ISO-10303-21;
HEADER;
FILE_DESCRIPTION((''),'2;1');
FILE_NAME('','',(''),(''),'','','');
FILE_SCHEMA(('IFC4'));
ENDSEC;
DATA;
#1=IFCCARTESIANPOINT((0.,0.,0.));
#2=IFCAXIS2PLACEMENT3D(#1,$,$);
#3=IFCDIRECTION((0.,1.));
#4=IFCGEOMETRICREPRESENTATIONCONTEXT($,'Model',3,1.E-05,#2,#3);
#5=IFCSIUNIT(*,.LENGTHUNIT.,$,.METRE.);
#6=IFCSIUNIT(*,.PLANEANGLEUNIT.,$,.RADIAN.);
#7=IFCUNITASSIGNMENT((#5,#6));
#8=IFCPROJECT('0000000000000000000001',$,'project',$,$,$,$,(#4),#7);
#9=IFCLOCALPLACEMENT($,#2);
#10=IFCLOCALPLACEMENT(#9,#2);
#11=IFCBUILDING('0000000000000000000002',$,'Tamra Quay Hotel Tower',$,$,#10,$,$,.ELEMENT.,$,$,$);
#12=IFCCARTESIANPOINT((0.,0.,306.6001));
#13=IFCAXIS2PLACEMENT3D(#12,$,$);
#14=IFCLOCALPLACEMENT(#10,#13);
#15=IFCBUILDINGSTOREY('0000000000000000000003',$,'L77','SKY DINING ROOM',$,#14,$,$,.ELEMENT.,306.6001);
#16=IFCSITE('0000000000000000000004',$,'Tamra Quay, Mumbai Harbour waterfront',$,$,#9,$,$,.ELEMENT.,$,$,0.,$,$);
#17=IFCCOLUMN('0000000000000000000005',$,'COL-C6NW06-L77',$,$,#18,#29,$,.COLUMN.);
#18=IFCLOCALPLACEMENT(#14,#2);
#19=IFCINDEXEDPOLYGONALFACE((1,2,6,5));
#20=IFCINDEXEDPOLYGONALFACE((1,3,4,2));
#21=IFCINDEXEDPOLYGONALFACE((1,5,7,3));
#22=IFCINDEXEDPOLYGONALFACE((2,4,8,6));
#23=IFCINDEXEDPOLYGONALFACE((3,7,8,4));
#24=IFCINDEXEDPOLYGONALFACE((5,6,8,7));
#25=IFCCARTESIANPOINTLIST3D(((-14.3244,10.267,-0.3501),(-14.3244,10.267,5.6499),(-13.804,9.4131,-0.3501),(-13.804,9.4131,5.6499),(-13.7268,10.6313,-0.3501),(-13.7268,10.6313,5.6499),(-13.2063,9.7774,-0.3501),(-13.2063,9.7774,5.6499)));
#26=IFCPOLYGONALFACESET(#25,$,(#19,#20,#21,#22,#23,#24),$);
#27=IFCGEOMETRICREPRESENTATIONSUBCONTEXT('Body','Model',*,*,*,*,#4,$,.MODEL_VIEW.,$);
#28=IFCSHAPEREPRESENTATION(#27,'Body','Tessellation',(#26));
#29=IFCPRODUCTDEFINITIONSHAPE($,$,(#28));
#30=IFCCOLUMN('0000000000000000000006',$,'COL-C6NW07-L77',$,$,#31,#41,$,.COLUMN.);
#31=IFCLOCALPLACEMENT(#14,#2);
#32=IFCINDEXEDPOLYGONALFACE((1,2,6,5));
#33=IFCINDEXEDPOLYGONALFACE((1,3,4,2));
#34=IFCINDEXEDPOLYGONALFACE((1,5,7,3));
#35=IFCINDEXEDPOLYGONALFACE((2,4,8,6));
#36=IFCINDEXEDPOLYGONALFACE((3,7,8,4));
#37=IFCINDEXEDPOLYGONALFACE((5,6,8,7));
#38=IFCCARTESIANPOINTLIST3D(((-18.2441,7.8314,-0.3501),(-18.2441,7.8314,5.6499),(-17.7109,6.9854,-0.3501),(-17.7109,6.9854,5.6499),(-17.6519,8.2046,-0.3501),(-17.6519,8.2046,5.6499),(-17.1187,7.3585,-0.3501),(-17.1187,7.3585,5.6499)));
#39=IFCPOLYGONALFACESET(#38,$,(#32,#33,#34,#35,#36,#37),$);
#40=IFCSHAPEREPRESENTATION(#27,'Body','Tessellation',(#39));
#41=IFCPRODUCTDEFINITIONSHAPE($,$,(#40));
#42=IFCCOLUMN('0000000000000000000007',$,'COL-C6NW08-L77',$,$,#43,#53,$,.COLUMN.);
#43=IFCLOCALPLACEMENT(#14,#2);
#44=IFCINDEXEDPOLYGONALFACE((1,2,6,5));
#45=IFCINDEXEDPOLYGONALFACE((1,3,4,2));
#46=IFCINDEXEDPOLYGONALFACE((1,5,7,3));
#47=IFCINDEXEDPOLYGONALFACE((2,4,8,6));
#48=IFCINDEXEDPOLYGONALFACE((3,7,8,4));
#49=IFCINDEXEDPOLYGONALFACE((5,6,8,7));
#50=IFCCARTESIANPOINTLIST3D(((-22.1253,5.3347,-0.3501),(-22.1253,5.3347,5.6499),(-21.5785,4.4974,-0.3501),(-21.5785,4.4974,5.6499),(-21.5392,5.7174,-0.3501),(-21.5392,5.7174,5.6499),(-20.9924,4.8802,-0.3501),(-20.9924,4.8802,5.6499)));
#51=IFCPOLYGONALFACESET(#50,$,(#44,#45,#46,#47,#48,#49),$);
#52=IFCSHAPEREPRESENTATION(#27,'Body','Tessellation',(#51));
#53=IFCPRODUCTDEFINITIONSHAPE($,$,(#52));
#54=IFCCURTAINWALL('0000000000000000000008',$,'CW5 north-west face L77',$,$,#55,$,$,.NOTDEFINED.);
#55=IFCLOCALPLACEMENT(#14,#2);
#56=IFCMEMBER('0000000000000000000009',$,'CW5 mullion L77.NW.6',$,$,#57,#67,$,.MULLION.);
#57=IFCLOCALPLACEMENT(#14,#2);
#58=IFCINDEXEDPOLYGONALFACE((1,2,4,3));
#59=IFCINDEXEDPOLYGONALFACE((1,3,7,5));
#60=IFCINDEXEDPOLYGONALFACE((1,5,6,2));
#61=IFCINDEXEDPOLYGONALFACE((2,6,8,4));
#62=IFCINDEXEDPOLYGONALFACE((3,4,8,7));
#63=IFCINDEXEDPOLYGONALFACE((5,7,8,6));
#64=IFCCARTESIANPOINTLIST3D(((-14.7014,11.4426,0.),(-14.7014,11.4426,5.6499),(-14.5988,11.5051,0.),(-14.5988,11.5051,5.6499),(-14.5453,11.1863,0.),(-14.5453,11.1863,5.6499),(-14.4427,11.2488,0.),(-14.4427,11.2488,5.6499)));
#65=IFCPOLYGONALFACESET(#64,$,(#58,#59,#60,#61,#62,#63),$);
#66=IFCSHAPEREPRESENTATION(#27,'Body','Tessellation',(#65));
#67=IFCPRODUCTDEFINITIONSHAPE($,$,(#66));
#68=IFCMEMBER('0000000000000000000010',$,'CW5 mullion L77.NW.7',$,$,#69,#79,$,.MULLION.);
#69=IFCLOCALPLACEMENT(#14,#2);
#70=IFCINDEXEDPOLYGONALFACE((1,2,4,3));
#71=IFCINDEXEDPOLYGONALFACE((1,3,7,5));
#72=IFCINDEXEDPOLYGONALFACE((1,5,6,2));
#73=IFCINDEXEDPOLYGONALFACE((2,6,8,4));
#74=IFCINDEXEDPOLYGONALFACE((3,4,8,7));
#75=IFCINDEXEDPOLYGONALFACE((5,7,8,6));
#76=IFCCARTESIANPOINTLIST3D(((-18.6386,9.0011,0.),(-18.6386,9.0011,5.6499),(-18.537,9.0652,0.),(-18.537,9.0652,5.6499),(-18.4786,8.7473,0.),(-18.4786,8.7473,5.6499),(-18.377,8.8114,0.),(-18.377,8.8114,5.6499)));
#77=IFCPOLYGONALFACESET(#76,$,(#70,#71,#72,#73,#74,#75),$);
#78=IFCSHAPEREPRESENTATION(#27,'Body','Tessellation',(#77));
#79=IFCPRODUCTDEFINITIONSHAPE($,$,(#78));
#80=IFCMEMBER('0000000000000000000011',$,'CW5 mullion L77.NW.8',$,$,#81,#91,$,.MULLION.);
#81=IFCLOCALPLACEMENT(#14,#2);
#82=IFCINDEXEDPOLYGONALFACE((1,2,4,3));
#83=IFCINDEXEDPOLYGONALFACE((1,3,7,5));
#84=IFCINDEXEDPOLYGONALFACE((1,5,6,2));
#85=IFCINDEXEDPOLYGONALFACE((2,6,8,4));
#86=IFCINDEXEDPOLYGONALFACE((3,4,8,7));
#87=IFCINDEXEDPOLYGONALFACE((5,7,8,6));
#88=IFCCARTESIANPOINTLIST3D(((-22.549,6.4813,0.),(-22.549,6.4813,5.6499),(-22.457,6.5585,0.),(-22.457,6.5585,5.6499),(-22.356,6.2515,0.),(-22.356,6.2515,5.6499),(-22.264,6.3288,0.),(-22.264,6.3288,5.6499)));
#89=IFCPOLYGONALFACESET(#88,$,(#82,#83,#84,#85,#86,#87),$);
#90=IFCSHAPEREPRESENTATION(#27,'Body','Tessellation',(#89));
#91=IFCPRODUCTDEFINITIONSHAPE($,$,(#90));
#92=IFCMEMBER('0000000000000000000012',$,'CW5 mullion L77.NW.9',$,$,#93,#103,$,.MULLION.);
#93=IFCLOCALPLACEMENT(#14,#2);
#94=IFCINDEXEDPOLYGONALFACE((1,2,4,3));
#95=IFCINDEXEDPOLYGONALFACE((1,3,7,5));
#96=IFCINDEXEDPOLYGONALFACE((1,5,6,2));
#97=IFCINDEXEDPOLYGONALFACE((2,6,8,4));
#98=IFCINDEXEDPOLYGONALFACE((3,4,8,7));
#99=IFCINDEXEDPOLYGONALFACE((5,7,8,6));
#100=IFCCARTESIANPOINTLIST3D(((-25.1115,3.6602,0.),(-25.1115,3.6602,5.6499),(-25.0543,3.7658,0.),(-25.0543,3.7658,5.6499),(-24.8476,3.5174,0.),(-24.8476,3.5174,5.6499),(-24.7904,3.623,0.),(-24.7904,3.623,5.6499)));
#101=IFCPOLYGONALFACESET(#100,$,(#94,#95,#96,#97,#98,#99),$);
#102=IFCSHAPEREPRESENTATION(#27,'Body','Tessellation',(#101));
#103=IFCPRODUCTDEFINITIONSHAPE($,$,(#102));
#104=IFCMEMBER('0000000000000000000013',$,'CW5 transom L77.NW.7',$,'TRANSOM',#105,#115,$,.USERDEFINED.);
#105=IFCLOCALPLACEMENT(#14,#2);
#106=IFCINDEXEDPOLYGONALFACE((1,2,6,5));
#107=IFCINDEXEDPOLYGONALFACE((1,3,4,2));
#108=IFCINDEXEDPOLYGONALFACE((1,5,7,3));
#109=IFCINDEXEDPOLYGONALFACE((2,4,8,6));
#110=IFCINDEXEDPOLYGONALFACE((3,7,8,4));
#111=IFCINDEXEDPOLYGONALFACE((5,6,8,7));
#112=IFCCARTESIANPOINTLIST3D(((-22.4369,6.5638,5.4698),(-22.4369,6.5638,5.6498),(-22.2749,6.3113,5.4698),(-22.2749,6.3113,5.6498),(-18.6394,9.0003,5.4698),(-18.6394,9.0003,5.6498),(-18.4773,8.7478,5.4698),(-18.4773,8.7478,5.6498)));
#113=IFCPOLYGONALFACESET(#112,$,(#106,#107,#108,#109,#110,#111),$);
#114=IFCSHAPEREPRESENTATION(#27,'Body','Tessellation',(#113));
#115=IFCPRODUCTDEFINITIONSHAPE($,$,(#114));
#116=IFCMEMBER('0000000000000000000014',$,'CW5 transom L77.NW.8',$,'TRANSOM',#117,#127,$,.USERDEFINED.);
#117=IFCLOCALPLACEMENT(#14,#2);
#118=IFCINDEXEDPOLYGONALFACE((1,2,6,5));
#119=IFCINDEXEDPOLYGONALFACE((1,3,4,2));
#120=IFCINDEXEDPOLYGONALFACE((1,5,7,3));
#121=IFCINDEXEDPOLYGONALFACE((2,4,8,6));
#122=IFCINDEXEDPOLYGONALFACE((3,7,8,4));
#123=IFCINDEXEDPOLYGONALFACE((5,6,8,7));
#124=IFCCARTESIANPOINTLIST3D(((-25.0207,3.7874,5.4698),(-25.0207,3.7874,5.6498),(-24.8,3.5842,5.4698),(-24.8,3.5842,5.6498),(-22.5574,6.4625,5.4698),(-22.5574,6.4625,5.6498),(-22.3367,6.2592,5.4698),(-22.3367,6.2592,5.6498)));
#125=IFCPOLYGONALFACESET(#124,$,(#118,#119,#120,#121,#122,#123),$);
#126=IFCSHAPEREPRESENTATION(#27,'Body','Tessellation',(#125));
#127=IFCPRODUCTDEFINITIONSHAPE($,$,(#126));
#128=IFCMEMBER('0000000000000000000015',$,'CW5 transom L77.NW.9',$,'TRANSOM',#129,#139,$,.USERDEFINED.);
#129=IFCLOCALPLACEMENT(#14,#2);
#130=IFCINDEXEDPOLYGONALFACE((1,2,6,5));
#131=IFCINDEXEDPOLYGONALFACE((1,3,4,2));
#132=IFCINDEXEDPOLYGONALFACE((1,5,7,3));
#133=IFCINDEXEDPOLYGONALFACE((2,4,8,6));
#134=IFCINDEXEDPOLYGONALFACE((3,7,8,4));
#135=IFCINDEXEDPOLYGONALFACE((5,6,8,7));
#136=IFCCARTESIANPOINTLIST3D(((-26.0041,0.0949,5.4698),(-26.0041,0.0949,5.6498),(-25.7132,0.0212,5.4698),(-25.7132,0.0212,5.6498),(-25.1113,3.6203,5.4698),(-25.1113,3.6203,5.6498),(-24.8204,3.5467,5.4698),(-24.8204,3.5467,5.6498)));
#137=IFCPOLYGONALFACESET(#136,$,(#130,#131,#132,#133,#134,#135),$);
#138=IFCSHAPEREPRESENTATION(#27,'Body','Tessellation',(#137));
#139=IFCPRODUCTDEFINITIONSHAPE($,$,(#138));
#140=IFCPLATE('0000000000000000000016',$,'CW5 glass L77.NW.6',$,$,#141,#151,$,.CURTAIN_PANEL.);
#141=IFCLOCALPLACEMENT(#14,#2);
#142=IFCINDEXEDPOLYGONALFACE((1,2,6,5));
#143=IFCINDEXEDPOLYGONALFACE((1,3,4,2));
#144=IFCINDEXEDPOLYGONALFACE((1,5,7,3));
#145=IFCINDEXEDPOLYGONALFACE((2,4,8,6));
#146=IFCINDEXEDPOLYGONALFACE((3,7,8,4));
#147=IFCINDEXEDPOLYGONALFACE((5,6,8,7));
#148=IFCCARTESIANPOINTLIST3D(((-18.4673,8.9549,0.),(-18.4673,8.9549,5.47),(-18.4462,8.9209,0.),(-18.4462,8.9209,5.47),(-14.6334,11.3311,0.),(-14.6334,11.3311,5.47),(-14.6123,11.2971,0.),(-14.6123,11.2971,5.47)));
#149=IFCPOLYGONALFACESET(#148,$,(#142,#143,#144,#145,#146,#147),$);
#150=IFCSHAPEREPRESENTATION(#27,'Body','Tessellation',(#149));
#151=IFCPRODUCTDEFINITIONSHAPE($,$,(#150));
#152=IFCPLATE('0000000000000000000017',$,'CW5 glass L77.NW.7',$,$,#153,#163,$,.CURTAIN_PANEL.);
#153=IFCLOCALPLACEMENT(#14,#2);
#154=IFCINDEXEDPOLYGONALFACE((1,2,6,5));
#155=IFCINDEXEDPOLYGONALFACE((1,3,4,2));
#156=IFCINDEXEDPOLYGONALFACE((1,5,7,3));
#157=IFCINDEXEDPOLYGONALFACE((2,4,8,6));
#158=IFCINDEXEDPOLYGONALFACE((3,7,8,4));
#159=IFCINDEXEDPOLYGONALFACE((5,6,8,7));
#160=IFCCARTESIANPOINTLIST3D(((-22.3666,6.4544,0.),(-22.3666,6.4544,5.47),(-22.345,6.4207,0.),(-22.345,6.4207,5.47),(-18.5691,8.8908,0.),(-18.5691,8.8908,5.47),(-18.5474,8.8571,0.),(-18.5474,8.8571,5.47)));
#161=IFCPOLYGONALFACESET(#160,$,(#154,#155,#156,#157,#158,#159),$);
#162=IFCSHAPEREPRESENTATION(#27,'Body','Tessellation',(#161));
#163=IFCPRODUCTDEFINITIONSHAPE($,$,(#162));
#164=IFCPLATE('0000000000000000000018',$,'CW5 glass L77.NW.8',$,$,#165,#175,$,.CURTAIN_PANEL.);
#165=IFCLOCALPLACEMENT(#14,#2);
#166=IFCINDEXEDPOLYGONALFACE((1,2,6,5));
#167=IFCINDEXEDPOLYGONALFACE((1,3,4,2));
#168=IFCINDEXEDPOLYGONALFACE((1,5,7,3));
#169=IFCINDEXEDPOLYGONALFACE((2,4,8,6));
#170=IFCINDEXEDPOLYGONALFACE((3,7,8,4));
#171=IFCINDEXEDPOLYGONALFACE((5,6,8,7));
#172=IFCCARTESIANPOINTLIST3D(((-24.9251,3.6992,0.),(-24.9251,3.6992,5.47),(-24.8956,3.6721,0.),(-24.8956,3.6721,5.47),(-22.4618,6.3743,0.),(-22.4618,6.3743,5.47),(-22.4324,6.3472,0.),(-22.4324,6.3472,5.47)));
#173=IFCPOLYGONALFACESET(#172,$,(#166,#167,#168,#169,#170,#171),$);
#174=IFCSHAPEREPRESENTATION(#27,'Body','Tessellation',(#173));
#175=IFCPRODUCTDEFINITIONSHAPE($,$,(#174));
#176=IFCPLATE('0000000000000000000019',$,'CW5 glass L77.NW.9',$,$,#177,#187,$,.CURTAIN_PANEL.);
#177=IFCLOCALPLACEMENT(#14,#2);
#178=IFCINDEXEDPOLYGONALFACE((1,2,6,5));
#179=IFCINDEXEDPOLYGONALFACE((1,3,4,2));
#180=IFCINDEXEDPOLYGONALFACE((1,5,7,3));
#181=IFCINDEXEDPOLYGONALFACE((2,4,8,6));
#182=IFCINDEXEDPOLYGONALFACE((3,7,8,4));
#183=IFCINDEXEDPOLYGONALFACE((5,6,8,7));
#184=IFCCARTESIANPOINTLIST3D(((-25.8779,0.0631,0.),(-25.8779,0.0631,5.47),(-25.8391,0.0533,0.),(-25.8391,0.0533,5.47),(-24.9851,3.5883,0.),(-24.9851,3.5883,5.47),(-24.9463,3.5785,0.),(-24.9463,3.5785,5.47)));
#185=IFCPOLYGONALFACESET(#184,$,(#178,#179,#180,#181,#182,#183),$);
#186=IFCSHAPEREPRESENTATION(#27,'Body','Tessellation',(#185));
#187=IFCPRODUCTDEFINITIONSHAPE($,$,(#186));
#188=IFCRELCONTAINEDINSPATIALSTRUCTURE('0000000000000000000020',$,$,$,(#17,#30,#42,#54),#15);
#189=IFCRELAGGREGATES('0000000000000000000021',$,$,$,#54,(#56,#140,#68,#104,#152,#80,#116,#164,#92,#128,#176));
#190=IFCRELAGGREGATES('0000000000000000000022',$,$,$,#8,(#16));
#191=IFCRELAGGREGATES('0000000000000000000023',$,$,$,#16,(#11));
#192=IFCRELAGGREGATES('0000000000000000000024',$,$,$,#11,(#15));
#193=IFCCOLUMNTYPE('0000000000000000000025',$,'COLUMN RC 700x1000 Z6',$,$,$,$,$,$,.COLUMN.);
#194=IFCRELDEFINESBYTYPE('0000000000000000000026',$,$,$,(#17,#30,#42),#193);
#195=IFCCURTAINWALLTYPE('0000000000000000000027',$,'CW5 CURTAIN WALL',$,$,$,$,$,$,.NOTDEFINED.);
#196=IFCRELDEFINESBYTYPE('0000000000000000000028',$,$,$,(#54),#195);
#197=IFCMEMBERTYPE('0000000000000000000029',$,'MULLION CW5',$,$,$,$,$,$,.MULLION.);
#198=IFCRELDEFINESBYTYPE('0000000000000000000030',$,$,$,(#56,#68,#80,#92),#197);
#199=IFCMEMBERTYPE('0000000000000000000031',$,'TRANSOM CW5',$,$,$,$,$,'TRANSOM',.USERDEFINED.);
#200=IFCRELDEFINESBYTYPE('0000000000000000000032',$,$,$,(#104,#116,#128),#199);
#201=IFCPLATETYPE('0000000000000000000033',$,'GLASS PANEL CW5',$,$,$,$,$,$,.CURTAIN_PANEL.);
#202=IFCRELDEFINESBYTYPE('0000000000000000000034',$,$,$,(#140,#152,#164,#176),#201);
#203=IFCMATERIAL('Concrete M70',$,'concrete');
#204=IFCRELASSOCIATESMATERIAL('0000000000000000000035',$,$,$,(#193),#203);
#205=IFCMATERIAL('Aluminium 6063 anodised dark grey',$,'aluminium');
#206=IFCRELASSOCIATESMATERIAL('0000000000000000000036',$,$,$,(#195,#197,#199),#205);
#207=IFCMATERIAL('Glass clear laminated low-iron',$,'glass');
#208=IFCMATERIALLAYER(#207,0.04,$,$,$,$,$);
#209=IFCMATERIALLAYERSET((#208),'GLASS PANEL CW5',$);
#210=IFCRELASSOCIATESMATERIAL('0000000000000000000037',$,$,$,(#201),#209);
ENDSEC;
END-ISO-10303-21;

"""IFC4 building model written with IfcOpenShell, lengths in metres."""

from ifc_helpers import new_model, si_unit, direction, frame, origin, origin_2d, place, context, subcontext, project, spatial, rectangle, extrude, material, layer, layer_set, material_profile, profile_set, type_object, element, aggregate, save


model = new_model("IFC4")

# Units and contexts
model_context = context("Model", 3, precision=1e-05, world=origin(), true_north=direction((0.0, 1.0)))
body_context = subcontext(model_context, "Body", "Model", "MODEL_VIEW")
ifc_project = project(units=[si_unit("LENGTHUNIT", "METRE"), si_unit("PLANEANGLEUNIT", "RADIAN")], contexts=[model_context])

# Site, building, storey
site_placement = place(None, origin())
site = spatial("IfcSite", under=ifc_project, at=site_placement, Name="Tamra Quay, Mumbai Harbour waterfront", CompositionType="ELEMENT", RefElevation=0.0)
building_placement = place(site_placement, origin())
building = spatial("IfcBuilding", under=site, at=building_placement, Name="Tamra Quay Hotel Tower", CompositionType="ELEMENT")
storey_placement = place(building_placement, frame((0.0, 0.0, 306.6001)))
storey = spatial("IfcBuildingStorey", under=building, at=storey_placement, Name="L77", Description="SKY DINING ROOM", CompositionType="ELEMENT", Elevation=306.6001)

# Columns
ifc_material_1 = material(Name="Concrete M70", Category="concrete")
ifc_material_profile_1 = material_profile(ifc_material_1, rectangle(XDim=1.0, YDim=0.7, at=origin_2d()), Name="COLUMN RC 700x1000 Z6")
ifc_profile_set_1 = profile_set([ifc_material_profile_1], Name="Concrete M70")
column_type = type_object("IfcColumnType", Name="COLUMN RC 700x1000 Z6", PredefinedType="COLUMN", material=ifc_profile_set_1)
for number, where, z_axis, x_axis, name in (
    (1, (-13.7654, 10.0222, -0.3501), (0.0, 0.0, 1.0), (-0.52043, 0.853904, 0.0), "COL-C6NW06-L77"),
    (2, (-17.6814, 7.595, -0.3501), (0.0, 0.0, 1.0), (-0.533133, 0.846031, 0.0), "COL-C6NW07-L77"),
    (3, (-21.5588, 5.1074, -0.3501), (0.0, 0.0, 1.0), (-0.546805, 0.83726, 0.0), "COL-C6NW08-L77"),
):
    element("IfcColumn", number, at=place(storey_placement, frame(where, z_axis=z_axis, x_axis=x_axis)), inside=storey, type_object=column_type, Name=name, PredefinedType="COLUMN", context=body_context, shape_type="SweptSolid", body=[
        extrude(rectangle(XDim=1.0, YDim=0.7, at=origin_2d()), origin(), (0.0, 0.0, 1.0), 6.0),
    ])

# Curtain wall, members, plates
ifc_material_2 = material(Name="Aluminium 6063 anodised dark grey", Category="aluminium")
curtain_wall_type = type_object("IfcCurtainWallType", Name="CW5 CURTAIN WALL", PredefinedType="NOTDEFINED", material=ifc_material_2)
curtain_wall_placement = place(storey_placement, origin())
curtain_wall = element("IfcCurtainWall", 4, at=curtain_wall_placement, inside=storey, type_object=curtain_wall_type, Name="CW5 north-west face L77", PredefinedType="NOTDEFINED")
ifc_material_profile_2 = material_profile(ifc_material_2, rectangle(XDim=0.3, YDim=0.1201, at=origin_2d()), Name="MULLION 120X300")
ifc_profile_set_2 = profile_set([ifc_material_profile_2], Name="Aluminium 6063 anodised dark grey")
member_type_1 = type_object("IfcMemberType", Name="MULLION CW5", PredefinedType="MULLION", material=ifc_profile_set_2)
member_1_placement = place(storey_placement, frame((-14.572, 11.3457, 0.0), z_axis=(0.0, 0.0, 1.0), x_axis=(-0.52016, 0.854069, 0.0)))
member_1 = element("IfcMember", 5, at=member_1_placement, type_object=member_type_1, Name="CW5 mullion L77.NW.6", PredefinedType="MULLION", context=body_context, shape_type="SweptSolid", body=[
    extrude(rectangle(XDim=0.3, YDim=0.1201, at=origin_2d()), origin(), (0.0, 0.0, 1.0), 5.6499),
])
member_2_placement = place(storey_placement, frame((-18.5078, 8.9062, 0.0), z_axis=(0.0, 0.0, 1.0), x_axis=(-0.533422, 0.845849, 0.0)))
member_2 = element("IfcMember", 6, at=member_2_placement, type_object=member_type_1, Name="CW5 mullion L77.NW.7", PredefinedType="MULLION", context=body_context, shape_type="SweptSolid", body=[
    extrude(rectangle(XDim=0.3, YDim=0.1201, at=origin_2d()), origin(), (0.0, 0.0, 1.0), 5.6499),
])
member_3_placement = place(storey_placement, frame((-22.4065, 6.405, 0.0), z_axis=(0.0, 0.0, 1.0), x_axis=(-0.643086, 0.765794, 0.0)))
member_3 = element("IfcMember", 7, at=member_3_placement, type_object=member_type_1, Name="CW5 mullion L77.NW.8", PredefinedType="MULLION", context=body_context, shape_type="SweptSolid", body=[
    extrude(rectangle(XDim=0.3, YDim=0.1201, at=origin_2d()), origin(), (0.0, 0.0, 1.0), 5.6499),
])
member_4_placement = place(storey_placement, frame((-24.9509, 3.6416, 0.0), z_axis=(0.0, 0.0, 1.0), x_axis=(-0.879433, 0.476023, 0.0)))
member_4 = element("IfcMember", 8, at=member_4_placement, type_object=member_type_1, Name="CW5 mullion L77.NW.9", PredefinedType="MULLION", context=body_context, shape_type="SweptSolid", body=[
    extrude(rectangle(XDim=0.3, YDim=0.1201, at=origin_2d()), origin(), (0.0, 0.0, 1.0), 5.6499),
])
ifc_material_profile_3 = material_profile(ifc_material_2, rectangle(XDim=0.3, YDim=0.1799, at=origin_2d()), Name="TRANSOM 300X180")
ifc_profile_set_3 = profile_set([ifc_material_profile_3], Name="Aluminium 6063 anodised dark grey")
member_type_2 = type_object("IfcMemberType", Name="TRANSOM CW5", ElementType="TRANSOM", PredefinedType="USERDEFINED", material=ifc_profile_set_3)
member_5_placement = place(storey_placement, frame((-18.5583, 8.874, 5.5598), z_axis=(-0.841662, -0.540005, 0.0), x_axis=(0.540005, -0.841662, 0.0)))
member_5 = element("IfcMember", 9, at=member_5_placement, type_object=member_type_2, Name="CW5 transom L77.NW.7", ObjectType="TRANSOM", PredefinedType="USERDEFINED", context=body_context, shape_type="SweptSolid", body=[
    extrude(rectangle(XDim=0.3, YDim=0.1799, at=origin_2d()), origin(), (0.0, 0.0, 1.0), 4.512),
])
member_6_placement = place(storey_placement, frame((-22.447, 6.3608, 5.5598), z_axis=(-0.677404, -0.735611, 0.0), x_axis=(0.735611, -0.677404, 0.0)))
member_6 = element("IfcMember", 10, at=member_6_placement, type_object=member_type_2, Name="CW5 transom L77.NW.8", ObjectType="TRANSOM", PredefinedType="USERDEFINED", context=body_context, shape_type="SweptSolid", body=[
    extrude(rectangle(XDim=0.3, YDim=0.1799, at=origin_2d()), origin(), (0.0, 0.0, 1.0), 3.6365),
])
member_7_placement = place(storey_placement, frame((-24.9658, 3.5835, 5.5598), z_axis=(-0.245504, -0.969396, 0.0), x_axis=(0.969396, -0.245504, 0.0)))
member_7 = element("IfcMember", 11, at=member_7_placement, type_object=member_type_2, Name="CW5 transom L77.NW.9", ObjectType="TRANSOM", PredefinedType="USERDEFINED", context=body_context, shape_type="SweptSolid", body=[
    extrude(rectangle(XDim=0.3, YDim=0.1799, at=origin_2d()), origin(), (0.0, 0.0, 1.0), 3.6367),
])
ifc_material_3 = material(Name="Glass clear laminated low-iron", Category="glass")
ifc_layer_1 = layer(ifc_material_3, 0.04)
ifc_layer_set_1 = layer_set([ifc_layer_1], Name="GLASS PANEL CW5")
plate_type = type_object("IfcPlateType", Name="GLASS PANEL CW5", PredefinedType="CURTAIN_PANEL", material=ifc_layer_set_1)
plate_1_placement = place(storey_placement, frame((-16.5398, 10.126, 0.0), z_axis=(0.0, 0.0, 1.0), x_axis=(-0.849982, -0.526812, 0.0)))
plate_1 = element("IfcPlate", 12, at=plate_1_placement, type_object=plate_type, Name="CW5 glass L77.NW.6", PredefinedType="CURTAIN_PANEL", context=body_context, shape_type="SweptSolid", body=[
    extrude(rectangle(XDim=4.5105, YDim=0.04, at=origin_2d()), origin(), (0.0, 0.0, 1.0), 5.47),
])
plate_2_placement = place(storey_placement, frame((-20.457, 7.6558, 0.0), z_axis=(0.0, 0.0, 1.0), x_axis=(-0.841665, -0.54, 0.0)))
plate_2 = element("IfcPlate", 13, at=plate_2_placement, type_object=plate_type, Name="CW5 glass L77.NW.7", PredefinedType="CURTAIN_PANEL", context=body_context, shape_type="SweptSolid", body=[
    extrude(rectangle(XDim=4.512, YDim=0.04, at=origin_2d()), origin(), (0.0, 0.0, 1.0), 5.47),
])
plate_3_placement = place(storey_placement, frame((-23.6787, 5.0232, 0.0), z_axis=(0.0, 0.0, 1.0), x_axis=(-0.677376, -0.735637, 0.0)))
plate_3 = element("IfcPlate", 14, at=plate_3_placement, type_object=plate_type, Name="CW5 glass L77.NW.8", PredefinedType="CURTAIN_PANEL", context=body_context, shape_type="SweptSolid", body=[
    extrude(rectangle(XDim=3.6365, YDim=0.04, at=origin_2d()), origin(), (0.0, 0.0, 1.0), 5.47),
])
plate_4_placement = place(storey_placement, frame((-25.4121, 1.8208, 0.0), z_axis=(0.0, 0.0, 1.0), x_axis=(-0.245527, -0.96939, 0.0)))
plate_4 = element("IfcPlate", 15, at=plate_4_placement, type_object=plate_type, Name="CW5 glass L77.NW.9", PredefinedType="CURTAIN_PANEL", context=body_context, shape_type="SweptSolid", body=[
    extrude(rectangle(XDim=3.6365, YDim=0.04, at=origin_2d()), origin(), (0.0, 0.0, 1.0), 5.47),
])
aggregate(curtain_wall, [member_1, plate_1, member_2, member_5, plate_2, member_3, member_6, plate_3, member_4, member_7, plate_4])

save(model, "model.ifc")
